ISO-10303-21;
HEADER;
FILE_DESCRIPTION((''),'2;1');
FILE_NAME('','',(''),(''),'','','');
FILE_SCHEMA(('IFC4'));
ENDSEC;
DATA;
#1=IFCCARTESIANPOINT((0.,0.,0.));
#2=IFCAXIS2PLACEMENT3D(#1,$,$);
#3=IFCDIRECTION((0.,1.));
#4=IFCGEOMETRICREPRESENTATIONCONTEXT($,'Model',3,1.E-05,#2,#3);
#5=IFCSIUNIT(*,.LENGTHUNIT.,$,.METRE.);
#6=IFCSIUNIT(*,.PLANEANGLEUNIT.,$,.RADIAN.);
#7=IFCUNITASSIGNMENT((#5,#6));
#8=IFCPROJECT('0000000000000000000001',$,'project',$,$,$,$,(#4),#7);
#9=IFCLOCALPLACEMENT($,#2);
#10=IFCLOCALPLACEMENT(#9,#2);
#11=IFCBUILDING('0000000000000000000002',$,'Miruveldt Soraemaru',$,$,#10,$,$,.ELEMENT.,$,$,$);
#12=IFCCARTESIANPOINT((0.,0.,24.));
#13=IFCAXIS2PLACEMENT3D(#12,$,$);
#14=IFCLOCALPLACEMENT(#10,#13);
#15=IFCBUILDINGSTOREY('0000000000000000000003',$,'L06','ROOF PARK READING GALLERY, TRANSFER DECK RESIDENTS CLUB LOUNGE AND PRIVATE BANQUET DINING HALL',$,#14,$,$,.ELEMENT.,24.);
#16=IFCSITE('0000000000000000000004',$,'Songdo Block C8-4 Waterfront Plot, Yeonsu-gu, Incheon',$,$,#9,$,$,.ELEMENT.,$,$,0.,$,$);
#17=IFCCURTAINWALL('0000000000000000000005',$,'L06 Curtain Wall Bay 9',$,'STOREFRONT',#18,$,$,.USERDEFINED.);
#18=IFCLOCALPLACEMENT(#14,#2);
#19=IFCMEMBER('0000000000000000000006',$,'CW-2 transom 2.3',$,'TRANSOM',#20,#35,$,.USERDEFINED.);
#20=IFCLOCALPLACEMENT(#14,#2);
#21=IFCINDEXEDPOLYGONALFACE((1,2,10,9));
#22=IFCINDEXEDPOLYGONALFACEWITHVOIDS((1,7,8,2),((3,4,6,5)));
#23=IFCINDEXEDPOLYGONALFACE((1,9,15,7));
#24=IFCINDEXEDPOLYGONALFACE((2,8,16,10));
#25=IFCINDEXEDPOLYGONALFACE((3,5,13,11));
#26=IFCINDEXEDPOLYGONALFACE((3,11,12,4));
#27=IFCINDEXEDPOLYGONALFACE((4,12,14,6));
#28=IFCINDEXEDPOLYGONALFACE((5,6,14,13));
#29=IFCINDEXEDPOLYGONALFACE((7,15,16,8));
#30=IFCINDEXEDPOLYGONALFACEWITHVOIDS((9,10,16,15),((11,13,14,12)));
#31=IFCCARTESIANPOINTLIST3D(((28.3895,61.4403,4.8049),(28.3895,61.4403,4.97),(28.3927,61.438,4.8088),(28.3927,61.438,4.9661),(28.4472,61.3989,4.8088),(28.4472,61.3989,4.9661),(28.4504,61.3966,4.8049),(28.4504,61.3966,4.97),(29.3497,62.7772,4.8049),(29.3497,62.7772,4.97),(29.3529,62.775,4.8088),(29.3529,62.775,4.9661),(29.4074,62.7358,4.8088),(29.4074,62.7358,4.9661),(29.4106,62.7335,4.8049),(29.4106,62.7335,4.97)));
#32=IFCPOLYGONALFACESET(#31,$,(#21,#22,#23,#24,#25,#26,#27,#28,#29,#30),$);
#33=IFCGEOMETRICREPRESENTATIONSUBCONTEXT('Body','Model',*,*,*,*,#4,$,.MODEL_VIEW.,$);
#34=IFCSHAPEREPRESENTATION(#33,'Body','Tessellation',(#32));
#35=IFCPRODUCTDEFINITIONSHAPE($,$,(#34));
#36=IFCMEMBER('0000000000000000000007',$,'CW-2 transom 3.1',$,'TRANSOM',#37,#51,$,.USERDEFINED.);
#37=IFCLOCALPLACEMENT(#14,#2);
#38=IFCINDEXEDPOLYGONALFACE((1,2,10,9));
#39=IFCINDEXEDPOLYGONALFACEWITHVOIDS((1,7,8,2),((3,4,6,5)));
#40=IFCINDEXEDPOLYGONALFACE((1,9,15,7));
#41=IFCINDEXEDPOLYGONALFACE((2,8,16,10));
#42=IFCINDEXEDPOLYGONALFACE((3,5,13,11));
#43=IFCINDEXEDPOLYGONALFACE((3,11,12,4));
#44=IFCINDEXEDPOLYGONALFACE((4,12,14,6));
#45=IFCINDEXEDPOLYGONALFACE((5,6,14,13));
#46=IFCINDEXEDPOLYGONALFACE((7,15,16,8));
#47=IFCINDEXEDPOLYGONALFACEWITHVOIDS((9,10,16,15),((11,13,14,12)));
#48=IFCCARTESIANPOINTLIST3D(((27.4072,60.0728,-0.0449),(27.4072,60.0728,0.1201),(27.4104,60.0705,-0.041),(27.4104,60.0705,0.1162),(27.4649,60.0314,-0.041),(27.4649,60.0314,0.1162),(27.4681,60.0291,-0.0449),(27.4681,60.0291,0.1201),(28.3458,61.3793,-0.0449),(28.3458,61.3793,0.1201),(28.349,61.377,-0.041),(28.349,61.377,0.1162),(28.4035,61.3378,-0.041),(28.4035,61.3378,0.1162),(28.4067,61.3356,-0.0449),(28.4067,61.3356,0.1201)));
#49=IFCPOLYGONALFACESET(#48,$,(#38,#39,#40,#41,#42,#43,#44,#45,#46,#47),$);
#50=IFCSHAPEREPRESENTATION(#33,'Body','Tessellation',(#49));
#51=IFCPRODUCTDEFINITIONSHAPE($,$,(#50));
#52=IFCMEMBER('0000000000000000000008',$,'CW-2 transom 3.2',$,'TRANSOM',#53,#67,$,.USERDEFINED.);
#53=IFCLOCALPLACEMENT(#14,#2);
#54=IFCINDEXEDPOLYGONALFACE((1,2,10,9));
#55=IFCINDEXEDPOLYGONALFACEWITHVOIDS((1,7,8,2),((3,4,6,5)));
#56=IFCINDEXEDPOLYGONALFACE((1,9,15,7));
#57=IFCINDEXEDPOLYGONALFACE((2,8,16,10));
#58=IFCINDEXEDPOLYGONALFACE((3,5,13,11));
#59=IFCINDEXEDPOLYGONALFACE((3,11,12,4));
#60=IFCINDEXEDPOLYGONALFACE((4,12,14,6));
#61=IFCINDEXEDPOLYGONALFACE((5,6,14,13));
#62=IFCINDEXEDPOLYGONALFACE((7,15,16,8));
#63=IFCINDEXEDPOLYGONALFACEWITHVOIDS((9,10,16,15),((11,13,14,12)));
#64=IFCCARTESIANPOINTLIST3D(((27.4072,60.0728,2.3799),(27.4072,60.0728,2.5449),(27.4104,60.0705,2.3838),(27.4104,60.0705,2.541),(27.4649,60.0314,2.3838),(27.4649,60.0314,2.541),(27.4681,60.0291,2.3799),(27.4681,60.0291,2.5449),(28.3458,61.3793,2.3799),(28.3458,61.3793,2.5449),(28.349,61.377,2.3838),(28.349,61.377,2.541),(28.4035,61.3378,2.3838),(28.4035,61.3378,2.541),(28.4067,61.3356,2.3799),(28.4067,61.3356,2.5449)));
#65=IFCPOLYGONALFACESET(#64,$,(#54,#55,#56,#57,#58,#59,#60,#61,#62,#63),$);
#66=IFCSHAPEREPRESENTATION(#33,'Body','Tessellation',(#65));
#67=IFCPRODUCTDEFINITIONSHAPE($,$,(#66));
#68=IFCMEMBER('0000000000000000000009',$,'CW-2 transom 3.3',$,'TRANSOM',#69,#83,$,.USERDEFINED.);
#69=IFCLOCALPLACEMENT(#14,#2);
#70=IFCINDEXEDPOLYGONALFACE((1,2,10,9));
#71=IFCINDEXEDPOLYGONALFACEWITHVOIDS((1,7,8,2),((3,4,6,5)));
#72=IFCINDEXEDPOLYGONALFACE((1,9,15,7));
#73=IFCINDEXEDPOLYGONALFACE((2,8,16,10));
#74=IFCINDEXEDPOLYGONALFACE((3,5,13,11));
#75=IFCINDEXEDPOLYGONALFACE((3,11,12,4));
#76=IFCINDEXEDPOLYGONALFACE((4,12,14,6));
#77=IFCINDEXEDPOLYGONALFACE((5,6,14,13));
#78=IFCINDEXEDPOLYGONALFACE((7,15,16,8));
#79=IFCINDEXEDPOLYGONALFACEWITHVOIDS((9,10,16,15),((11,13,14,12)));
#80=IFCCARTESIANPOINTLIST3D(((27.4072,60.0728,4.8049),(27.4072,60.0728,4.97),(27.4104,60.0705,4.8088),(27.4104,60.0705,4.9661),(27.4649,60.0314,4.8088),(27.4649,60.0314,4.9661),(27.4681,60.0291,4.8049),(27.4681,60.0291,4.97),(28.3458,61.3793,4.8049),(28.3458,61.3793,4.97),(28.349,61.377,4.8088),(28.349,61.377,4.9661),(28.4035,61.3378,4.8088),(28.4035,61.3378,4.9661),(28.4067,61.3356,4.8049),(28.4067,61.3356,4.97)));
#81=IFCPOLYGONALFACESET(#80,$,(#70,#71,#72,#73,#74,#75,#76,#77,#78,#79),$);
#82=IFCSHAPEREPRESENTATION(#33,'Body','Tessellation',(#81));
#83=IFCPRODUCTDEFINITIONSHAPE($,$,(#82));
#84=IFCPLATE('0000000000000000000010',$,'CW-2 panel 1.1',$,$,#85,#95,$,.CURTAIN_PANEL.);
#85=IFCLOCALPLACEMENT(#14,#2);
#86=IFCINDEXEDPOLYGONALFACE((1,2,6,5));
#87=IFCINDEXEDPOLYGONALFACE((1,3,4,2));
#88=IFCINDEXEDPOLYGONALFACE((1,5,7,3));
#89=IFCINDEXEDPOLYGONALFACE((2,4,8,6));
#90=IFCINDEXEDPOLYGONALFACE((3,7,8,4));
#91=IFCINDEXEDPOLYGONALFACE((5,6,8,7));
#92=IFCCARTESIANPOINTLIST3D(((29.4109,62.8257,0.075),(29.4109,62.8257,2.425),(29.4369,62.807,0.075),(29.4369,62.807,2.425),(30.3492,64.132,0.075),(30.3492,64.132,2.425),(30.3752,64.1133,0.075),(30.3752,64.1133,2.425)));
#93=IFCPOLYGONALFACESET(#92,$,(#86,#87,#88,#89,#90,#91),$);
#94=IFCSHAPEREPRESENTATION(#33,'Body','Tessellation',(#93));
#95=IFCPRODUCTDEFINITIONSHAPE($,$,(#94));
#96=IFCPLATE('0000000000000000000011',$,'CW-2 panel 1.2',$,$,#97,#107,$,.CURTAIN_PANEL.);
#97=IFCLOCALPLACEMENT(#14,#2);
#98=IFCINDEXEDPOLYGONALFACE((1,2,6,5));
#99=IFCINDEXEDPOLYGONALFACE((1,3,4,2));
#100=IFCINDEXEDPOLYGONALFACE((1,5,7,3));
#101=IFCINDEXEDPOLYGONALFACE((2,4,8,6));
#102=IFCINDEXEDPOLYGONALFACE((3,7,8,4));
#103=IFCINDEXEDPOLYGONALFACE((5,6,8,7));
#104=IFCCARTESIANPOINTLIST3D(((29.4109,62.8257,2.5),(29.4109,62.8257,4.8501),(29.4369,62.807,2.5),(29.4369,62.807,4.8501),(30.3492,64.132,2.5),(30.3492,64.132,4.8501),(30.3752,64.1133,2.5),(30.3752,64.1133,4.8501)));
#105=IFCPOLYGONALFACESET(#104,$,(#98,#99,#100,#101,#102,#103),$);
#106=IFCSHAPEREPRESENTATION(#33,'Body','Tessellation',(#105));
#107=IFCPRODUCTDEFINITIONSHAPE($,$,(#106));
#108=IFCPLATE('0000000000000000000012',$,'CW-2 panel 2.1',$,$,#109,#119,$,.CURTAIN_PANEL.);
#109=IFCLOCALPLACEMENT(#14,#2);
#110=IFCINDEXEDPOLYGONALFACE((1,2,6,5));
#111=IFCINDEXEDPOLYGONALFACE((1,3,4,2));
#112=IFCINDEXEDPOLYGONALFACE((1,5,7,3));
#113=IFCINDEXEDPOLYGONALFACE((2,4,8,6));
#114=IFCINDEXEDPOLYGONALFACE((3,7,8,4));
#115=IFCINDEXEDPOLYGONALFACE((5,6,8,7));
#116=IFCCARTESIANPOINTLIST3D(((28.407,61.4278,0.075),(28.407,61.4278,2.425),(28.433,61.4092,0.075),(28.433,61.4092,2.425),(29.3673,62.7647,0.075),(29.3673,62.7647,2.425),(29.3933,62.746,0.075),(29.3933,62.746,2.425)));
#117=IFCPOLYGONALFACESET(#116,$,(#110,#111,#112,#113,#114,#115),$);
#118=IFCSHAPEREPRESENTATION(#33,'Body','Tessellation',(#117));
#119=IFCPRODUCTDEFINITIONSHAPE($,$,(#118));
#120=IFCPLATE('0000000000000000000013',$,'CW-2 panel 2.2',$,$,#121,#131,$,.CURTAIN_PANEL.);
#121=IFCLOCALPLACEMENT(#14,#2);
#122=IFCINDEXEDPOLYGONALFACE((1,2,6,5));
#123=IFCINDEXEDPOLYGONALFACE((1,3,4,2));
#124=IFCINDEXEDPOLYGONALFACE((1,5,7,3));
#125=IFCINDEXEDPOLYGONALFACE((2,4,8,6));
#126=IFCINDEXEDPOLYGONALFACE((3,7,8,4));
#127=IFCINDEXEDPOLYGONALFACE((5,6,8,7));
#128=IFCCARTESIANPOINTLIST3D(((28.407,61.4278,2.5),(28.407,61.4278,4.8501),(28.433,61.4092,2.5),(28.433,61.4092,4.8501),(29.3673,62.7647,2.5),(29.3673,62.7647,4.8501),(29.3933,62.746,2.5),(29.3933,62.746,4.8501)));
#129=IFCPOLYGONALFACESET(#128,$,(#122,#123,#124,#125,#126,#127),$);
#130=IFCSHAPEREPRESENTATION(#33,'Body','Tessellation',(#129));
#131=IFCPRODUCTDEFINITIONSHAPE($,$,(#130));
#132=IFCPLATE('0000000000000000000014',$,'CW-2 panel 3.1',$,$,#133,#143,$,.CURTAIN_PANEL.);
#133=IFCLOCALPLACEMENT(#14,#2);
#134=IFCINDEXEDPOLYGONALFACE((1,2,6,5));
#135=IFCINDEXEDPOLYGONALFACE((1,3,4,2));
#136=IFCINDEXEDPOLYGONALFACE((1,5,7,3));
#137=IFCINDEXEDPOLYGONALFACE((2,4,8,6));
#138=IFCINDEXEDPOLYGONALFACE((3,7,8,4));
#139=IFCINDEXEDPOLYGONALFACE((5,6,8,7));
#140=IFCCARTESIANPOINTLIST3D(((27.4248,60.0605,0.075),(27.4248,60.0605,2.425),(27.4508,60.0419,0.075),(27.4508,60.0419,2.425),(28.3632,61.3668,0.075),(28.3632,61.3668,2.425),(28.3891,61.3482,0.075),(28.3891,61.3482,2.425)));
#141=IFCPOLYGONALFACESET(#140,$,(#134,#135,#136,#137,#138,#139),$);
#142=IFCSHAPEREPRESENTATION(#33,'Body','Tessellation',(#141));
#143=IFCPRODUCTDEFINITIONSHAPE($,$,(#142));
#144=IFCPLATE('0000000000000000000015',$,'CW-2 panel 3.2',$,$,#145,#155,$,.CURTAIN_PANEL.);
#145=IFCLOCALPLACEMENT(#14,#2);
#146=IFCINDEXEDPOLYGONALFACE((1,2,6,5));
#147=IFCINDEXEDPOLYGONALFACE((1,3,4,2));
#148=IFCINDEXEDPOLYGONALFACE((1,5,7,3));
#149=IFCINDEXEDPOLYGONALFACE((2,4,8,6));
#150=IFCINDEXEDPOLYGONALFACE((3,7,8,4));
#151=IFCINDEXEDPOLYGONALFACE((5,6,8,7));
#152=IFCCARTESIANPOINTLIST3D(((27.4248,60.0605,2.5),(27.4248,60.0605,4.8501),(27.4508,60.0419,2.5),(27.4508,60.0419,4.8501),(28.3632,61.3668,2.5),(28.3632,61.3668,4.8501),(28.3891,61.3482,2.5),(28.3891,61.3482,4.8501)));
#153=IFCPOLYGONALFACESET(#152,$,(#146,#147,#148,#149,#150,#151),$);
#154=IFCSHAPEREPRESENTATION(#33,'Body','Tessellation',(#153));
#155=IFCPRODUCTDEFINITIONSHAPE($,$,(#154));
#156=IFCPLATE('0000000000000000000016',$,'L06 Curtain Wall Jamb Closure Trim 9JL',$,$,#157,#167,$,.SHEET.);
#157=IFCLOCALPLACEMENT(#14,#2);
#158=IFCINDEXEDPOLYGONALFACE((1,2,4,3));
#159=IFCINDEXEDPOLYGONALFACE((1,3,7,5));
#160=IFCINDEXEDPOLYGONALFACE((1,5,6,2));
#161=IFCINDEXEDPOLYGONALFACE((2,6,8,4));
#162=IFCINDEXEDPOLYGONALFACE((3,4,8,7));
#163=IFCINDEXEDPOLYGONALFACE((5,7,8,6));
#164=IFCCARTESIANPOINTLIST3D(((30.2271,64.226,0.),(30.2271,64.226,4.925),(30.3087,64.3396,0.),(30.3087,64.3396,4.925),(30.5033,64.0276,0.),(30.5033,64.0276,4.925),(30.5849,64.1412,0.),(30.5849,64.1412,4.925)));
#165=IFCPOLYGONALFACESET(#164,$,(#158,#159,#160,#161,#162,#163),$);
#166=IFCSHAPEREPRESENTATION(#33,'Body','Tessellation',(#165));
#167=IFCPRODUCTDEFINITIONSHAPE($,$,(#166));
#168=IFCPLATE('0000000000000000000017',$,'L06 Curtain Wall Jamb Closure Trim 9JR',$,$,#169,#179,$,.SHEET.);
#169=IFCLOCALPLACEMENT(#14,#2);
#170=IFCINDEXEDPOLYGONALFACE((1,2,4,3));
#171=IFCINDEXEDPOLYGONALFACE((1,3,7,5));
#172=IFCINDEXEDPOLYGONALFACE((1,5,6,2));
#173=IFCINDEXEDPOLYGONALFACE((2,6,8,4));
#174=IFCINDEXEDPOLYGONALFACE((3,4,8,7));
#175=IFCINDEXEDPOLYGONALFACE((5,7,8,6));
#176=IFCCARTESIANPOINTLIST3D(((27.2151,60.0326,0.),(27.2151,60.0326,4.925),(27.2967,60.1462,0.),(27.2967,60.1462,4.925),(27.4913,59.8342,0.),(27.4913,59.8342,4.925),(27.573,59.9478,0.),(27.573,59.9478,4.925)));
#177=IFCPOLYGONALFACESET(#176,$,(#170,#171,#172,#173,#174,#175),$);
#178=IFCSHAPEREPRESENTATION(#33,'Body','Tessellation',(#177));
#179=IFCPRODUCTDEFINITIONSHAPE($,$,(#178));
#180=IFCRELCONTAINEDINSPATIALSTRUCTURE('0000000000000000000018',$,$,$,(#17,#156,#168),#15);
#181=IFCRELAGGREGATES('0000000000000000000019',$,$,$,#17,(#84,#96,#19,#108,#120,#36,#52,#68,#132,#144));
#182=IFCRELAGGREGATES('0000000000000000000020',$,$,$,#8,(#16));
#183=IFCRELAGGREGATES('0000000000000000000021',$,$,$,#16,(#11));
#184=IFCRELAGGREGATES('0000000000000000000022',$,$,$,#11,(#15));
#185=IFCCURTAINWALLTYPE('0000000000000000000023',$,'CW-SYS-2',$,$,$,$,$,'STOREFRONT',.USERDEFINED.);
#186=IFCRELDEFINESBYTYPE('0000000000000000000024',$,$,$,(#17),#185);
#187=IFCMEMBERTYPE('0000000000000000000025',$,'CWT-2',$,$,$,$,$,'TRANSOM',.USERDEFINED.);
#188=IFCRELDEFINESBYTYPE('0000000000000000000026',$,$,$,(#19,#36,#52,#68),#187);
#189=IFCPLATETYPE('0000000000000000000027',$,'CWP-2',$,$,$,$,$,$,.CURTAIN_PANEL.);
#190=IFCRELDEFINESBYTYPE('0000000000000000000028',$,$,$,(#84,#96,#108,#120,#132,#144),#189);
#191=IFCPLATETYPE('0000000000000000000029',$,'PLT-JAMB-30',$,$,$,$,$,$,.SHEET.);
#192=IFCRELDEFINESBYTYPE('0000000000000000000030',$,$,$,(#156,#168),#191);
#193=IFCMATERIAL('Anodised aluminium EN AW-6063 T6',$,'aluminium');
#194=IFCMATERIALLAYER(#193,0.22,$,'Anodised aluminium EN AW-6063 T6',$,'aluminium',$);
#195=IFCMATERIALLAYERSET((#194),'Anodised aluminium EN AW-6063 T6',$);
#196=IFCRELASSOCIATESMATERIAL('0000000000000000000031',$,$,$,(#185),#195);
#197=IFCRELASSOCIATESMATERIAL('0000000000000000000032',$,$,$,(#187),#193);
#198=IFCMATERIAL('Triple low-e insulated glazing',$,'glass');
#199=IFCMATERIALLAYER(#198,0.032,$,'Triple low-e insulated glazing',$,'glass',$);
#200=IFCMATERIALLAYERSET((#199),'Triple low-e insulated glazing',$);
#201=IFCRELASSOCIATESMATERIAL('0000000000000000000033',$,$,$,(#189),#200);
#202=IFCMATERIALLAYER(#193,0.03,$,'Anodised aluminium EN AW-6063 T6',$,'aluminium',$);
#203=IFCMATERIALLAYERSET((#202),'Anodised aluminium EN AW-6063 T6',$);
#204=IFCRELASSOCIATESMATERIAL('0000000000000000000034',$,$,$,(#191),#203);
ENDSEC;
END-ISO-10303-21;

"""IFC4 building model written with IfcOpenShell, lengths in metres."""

from ifc_helpers import new_model, si_unit, direction, frame, origin, origin_2d, place, context, subcontext, project, spatial, rectangle, hollow_rectangle, extrude, material, layer, layer_set, material_profile, profile_set, type_object, element, aggregate, save


model = new_model("IFC4")

# Units and contexts
model_context = context("Model", 3, precision=1e-05, world=origin(), true_north=direction((0.0, 1.0)))
body_context = subcontext(model_context, "Body", "Model", "MODEL_VIEW")
ifc_project = project(units=[si_unit("LENGTHUNIT", "METRE"), si_unit("PLANEANGLEUNIT", "RADIAN")], contexts=[model_context])

# Site, building, storey
site_placement = place(None, origin())
site = spatial("IfcSite", under=ifc_project, at=site_placement, Name="Songdo Block C8-4 Waterfront Plot, Yeonsu-gu, Incheon", CompositionType="ELEMENT", RefElevation=0.0)
building_placement = place(site_placement, origin())
building = spatial("IfcBuilding", under=site, at=building_placement, Name="Miruveldt Soraemaru", CompositionType="ELEMENT")
storey_placement = place(building_placement, frame((0.0, 0.0, 24.0)))
storey = spatial("IfcBuildingStorey", under=building, at=storey_placement, Name="L06", Description="ROOF PARK READING GALLERY, TRANSFER DECK RESIDENTS CLUB LOUNGE AND PRIVATE BANQUET DINING HALL", CompositionType="ELEMENT", Elevation=24.0)

# Curtain wall, members, plates
ifc_material_1 = material(Name="Anodised aluminium EN AW-6063 T6", Category="aluminium")
ifc_layer_1 = layer(ifc_material_1, 0.22, Name="Anodised aluminium EN AW-6063 T6", Category="aluminium")
ifc_layer_set_1 = layer_set([ifc_layer_1], Name="Anodised aluminium EN AW-6063 T6")
curtain_wall_type = type_object("IfcCurtainWallType", Name="CW-SYS-2", ElementType="STOREFRONT", PredefinedType="USERDEFINED", material=ifc_layer_set_1)
curtain_wall_placement = place(storey_placement, origin())
curtain_wall = element("IfcCurtainWall", 1, at=curtain_wall_placement, inside=storey, type_object=curtain_wall_type, Name="L06 Curtain Wall Bay 9", ObjectType="STOREFRONT", PredefinedType="USERDEFINED")
ifc_material_profile_1 = material_profile(ifc_material_1, hollow_rectangle(XDim=0.075, YDim=0.165, WallThickness=0.0039, at=origin_2d()), Name="Anodised aluminium EN AW-6063 T6", Category="aluminium")
ifc_profile_set_1 = profile_set([ifc_material_profile_1], Name="Anodised aluminium EN AW-6063 T6")
member_type_1 = type_object("IfcMemberType", Name="CWT-2", ElementType="TRANSOM", PredefinedType="USERDEFINED", material=ifc_profile_set_1)
member_1_placement = place(storey_placement, frame((29.3801, 62.7554, 4.8875), z_axis=(-0.583355, -0.812217, 0.0), x_axis=(0.812217, -0.583355, 0.0)))
member_1 = element("IfcMember", 2, at=member_1_placement, type_object=member_type_1, Name="CW-2 transom 2.3", ObjectType="TRANSOM", PredefinedType="USERDEFINED", context=body_context, shape_type="SweptSolid", body=[
    extrude(hollow_rectangle(XDim=0.075, YDim=0.165, WallThickness=0.0039, at=origin_2d()), origin(), (0.0, 0.0, 1.0), 1.646),
])
member_2_placement = place(storey_placement, frame((28.3762, 61.3574, 0.0376), z_axis=(-0.583433, -0.812161, 0.0), x_axis=(0.812161, -0.583433, 0.0)))
member_2 = element("IfcMember", 3, at=member_2_placement, type_object=member_type_1, Name="CW-2 transom 3.1", ObjectType="TRANSOM", PredefinedType="USERDEFINED", context=body_context, shape_type="SweptSolid", body=[
    extrude(hollow_rectangle(XDim=0.075, YDim=0.165, WallThickness=0.0039, at=origin_2d()), origin(), (0.0, 0.0, 1.0), 1.6086),
])
member_3_placement = place(storey_placement, frame((28.3762, 61.3574, 2.4624), z_axis=(-0.583433, -0.812161, 0.0), x_axis=(0.812161, -0.583433, 0.0)))
member_3 = element("IfcMember", 4, at=member_3_placement, type_object=member_type_1, Name="CW-2 transom 3.2", ObjectType="TRANSOM", PredefinedType="USERDEFINED", context=body_context, shape_type="SweptSolid", body=[
    extrude(hollow_rectangle(XDim=0.075, YDim=0.165, WallThickness=0.0039, at=origin_2d()), origin(), (0.0, 0.0, 1.0), 1.6086),
])
member_4_placement = place(storey_placement, frame((28.3762, 61.3574, 4.8875), z_axis=(-0.583433, -0.812161, 0.0), x_axis=(0.812161, -0.583433, 0.0)))
member_4 = element("IfcMember", 5, at=member_4_placement, type_object=member_type_1, Name="CW-2 transom 3.3", ObjectType="TRANSOM", PredefinedType="USERDEFINED", context=body_context, shape_type="SweptSolid", body=[
    extrude(hollow_rectangle(XDim=0.075, YDim=0.165, WallThickness=0.0039, at=origin_2d()), origin(), (0.0, 0.0, 1.0), 1.6086),
])
ifc_material_2 = material(Name="Triple low-e insulated glazing", Category="glass")
ifc_layer_2 = layer(ifc_material_2, 0.032, Name="Triple low-e insulated glazing", Category="glass")
ifc_layer_set_2 = layer_set([ifc_layer_2], Name="Triple low-e insulated glazing")
plate_type_1 = type_object("IfcPlateType", Name="CWP-2", PredefinedType="CURTAIN_PANEL", material=ifc_layer_set_2)
plate_1_placement = place(storey_placement, frame((29.8931, 63.4695, 0.075), z_axis=(0.0, 0.0, 1.0), x_axis=(-0.583402, -0.812184, 0.0)))
plate_1 = element("IfcPlate", 6, at=plate_1_placement, type_object=plate_type_1, Name="CW-2 panel 1.1", PredefinedType="CURTAIN_PANEL", context=body_context, shape_type="SweptSolid", body=[
    extrude(rectangle(XDim=1.6084, YDim=0.032, at=origin_2d()), origin(), (0.0, 0.0, 1.0), 2.3501),
])
plate_2_placement = place(storey_placement, frame((29.8931, 63.4695, 2.5), z_axis=(0.0, 0.0, 1.0), x_axis=(-0.583402, -0.812184, 0.0)))
plate_2 = element("IfcPlate", 7, at=plate_2_placement, type_object=plate_type_1, Name="CW-2 panel 1.2", PredefinedType="CURTAIN_PANEL", context=body_context, shape_type="SweptSolid", body=[
    extrude(rectangle(XDim=1.6084, YDim=0.032, at=origin_2d()), origin(), (0.0, 0.0, 1.0), 2.3501),
])
plate_3_placement = place(storey_placement, frame((28.9001, 62.0869, 0.075), z_axis=(0.0, 0.0, 1.0), x_axis=(-0.583402, -0.812184, 0.0)))
plate_3 = element("IfcPlate", 8, at=plate_3_placement, type_object=plate_type_1, Name="CW-2 panel 2.1", PredefinedType="CURTAIN_PANEL", context=body_context, shape_type="SweptSolid", body=[
    extrude(rectangle(XDim=1.646, YDim=0.032, at=origin_2d()), origin(), (0.0, 0.0, 1.0), 2.3501),
])
plate_4_placement = place(storey_placement, frame((28.9001, 62.0869, 2.5), z_axis=(0.0, 0.0, 1.0), x_axis=(-0.583402, -0.812184, 0.0)))
plate_4 = element("IfcPlate", 9, at=plate_4_placement, type_object=plate_type_1, Name="CW-2 panel 2.2", PredefinedType="CURTAIN_PANEL", context=body_context, shape_type="SweptSolid", body=[
    extrude(rectangle(XDim=1.646, YDim=0.032, at=origin_2d()), origin(), (0.0, 0.0, 1.0), 2.3501),
])
plate_5_placement = place(storey_placement, frame((27.907, 60.7043, 0.075), z_axis=(0.0, 0.0, 1.0), x_axis=(-0.583402, -0.812184, 0.0)))
plate_5 = element("IfcPlate", 10, at=plate_5_placement, type_object=plate_type_1, Name="CW-2 panel 3.1", PredefinedType="CURTAIN_PANEL", context=body_context, shape_type="SweptSolid", body=[
    extrude(rectangle(XDim=1.6084, YDim=0.032, at=origin_2d()), origin(), (0.0, 0.0, 1.0), 2.3501),
])
plate_6_placement = place(storey_placement, frame((27.907, 60.7043, 2.5), z_axis=(0.0, 0.0, 1.0), x_axis=(-0.583402, -0.812184, 0.0)))
plate_6 = element("IfcPlate", 11, at=plate_6_placement, type_object=plate_type_1, Name="CW-2 panel 3.2", PredefinedType="CURTAIN_PANEL", context=body_context, shape_type="SweptSolid", body=[
    extrude(rectangle(XDim=1.6084, YDim=0.032, at=origin_2d()), origin(), (0.0, 0.0, 1.0), 2.3501),
])
aggregate(curtain_wall, [plate_1, plate_2, member_1, plate_3, plate_4, member_2, member_3, member_4, plate_5, plate_6])

# Plates
ifc_layer_3 = layer(ifc_material_1, 0.03, Name="Anodised aluminium EN AW-6063 T6", Category="aluminium")
ifc_layer_set_3 = layer_set([ifc_layer_3], Name="Anodised aluminium EN AW-6063 T6")
plate_type_2 = type_object("IfcPlateType", Name="PLT-JAMB-30", PredefinedType="SHEET", material=ifc_layer_set_3)
for number, where, z_axis, x_axis, name in (
    (12, (30.406, 64.1836, 0.0), (0.0, 0.0, 1.0), (-0.583414, -0.812175, 0.0), "L06 Curtain Wall Jamb Closure Trim 9JL"),
    (13, (27.394, 59.9902, 0.0), (0.0, 0.0, 1.0), (-0.583414, -0.812175, 0.0), "L06 Curtain Wall Jamb Closure Trim 9JR"),
):
    element("IfcPlate", number, at=place(storey_placement, frame(where, z_axis=z_axis, x_axis=x_axis)), inside=storey, type_object=plate_type_2, Name=name, PredefinedType="SHEET", context=body_context, shape_type="SweptSolid", body=[
        extrude(rectangle(XDim=0.1399, YDim=0.3401, at=origin_2d()), origin(), (0.0, 0.0, 1.0), 4.925),
    ])

save(model, "model.ifc")
